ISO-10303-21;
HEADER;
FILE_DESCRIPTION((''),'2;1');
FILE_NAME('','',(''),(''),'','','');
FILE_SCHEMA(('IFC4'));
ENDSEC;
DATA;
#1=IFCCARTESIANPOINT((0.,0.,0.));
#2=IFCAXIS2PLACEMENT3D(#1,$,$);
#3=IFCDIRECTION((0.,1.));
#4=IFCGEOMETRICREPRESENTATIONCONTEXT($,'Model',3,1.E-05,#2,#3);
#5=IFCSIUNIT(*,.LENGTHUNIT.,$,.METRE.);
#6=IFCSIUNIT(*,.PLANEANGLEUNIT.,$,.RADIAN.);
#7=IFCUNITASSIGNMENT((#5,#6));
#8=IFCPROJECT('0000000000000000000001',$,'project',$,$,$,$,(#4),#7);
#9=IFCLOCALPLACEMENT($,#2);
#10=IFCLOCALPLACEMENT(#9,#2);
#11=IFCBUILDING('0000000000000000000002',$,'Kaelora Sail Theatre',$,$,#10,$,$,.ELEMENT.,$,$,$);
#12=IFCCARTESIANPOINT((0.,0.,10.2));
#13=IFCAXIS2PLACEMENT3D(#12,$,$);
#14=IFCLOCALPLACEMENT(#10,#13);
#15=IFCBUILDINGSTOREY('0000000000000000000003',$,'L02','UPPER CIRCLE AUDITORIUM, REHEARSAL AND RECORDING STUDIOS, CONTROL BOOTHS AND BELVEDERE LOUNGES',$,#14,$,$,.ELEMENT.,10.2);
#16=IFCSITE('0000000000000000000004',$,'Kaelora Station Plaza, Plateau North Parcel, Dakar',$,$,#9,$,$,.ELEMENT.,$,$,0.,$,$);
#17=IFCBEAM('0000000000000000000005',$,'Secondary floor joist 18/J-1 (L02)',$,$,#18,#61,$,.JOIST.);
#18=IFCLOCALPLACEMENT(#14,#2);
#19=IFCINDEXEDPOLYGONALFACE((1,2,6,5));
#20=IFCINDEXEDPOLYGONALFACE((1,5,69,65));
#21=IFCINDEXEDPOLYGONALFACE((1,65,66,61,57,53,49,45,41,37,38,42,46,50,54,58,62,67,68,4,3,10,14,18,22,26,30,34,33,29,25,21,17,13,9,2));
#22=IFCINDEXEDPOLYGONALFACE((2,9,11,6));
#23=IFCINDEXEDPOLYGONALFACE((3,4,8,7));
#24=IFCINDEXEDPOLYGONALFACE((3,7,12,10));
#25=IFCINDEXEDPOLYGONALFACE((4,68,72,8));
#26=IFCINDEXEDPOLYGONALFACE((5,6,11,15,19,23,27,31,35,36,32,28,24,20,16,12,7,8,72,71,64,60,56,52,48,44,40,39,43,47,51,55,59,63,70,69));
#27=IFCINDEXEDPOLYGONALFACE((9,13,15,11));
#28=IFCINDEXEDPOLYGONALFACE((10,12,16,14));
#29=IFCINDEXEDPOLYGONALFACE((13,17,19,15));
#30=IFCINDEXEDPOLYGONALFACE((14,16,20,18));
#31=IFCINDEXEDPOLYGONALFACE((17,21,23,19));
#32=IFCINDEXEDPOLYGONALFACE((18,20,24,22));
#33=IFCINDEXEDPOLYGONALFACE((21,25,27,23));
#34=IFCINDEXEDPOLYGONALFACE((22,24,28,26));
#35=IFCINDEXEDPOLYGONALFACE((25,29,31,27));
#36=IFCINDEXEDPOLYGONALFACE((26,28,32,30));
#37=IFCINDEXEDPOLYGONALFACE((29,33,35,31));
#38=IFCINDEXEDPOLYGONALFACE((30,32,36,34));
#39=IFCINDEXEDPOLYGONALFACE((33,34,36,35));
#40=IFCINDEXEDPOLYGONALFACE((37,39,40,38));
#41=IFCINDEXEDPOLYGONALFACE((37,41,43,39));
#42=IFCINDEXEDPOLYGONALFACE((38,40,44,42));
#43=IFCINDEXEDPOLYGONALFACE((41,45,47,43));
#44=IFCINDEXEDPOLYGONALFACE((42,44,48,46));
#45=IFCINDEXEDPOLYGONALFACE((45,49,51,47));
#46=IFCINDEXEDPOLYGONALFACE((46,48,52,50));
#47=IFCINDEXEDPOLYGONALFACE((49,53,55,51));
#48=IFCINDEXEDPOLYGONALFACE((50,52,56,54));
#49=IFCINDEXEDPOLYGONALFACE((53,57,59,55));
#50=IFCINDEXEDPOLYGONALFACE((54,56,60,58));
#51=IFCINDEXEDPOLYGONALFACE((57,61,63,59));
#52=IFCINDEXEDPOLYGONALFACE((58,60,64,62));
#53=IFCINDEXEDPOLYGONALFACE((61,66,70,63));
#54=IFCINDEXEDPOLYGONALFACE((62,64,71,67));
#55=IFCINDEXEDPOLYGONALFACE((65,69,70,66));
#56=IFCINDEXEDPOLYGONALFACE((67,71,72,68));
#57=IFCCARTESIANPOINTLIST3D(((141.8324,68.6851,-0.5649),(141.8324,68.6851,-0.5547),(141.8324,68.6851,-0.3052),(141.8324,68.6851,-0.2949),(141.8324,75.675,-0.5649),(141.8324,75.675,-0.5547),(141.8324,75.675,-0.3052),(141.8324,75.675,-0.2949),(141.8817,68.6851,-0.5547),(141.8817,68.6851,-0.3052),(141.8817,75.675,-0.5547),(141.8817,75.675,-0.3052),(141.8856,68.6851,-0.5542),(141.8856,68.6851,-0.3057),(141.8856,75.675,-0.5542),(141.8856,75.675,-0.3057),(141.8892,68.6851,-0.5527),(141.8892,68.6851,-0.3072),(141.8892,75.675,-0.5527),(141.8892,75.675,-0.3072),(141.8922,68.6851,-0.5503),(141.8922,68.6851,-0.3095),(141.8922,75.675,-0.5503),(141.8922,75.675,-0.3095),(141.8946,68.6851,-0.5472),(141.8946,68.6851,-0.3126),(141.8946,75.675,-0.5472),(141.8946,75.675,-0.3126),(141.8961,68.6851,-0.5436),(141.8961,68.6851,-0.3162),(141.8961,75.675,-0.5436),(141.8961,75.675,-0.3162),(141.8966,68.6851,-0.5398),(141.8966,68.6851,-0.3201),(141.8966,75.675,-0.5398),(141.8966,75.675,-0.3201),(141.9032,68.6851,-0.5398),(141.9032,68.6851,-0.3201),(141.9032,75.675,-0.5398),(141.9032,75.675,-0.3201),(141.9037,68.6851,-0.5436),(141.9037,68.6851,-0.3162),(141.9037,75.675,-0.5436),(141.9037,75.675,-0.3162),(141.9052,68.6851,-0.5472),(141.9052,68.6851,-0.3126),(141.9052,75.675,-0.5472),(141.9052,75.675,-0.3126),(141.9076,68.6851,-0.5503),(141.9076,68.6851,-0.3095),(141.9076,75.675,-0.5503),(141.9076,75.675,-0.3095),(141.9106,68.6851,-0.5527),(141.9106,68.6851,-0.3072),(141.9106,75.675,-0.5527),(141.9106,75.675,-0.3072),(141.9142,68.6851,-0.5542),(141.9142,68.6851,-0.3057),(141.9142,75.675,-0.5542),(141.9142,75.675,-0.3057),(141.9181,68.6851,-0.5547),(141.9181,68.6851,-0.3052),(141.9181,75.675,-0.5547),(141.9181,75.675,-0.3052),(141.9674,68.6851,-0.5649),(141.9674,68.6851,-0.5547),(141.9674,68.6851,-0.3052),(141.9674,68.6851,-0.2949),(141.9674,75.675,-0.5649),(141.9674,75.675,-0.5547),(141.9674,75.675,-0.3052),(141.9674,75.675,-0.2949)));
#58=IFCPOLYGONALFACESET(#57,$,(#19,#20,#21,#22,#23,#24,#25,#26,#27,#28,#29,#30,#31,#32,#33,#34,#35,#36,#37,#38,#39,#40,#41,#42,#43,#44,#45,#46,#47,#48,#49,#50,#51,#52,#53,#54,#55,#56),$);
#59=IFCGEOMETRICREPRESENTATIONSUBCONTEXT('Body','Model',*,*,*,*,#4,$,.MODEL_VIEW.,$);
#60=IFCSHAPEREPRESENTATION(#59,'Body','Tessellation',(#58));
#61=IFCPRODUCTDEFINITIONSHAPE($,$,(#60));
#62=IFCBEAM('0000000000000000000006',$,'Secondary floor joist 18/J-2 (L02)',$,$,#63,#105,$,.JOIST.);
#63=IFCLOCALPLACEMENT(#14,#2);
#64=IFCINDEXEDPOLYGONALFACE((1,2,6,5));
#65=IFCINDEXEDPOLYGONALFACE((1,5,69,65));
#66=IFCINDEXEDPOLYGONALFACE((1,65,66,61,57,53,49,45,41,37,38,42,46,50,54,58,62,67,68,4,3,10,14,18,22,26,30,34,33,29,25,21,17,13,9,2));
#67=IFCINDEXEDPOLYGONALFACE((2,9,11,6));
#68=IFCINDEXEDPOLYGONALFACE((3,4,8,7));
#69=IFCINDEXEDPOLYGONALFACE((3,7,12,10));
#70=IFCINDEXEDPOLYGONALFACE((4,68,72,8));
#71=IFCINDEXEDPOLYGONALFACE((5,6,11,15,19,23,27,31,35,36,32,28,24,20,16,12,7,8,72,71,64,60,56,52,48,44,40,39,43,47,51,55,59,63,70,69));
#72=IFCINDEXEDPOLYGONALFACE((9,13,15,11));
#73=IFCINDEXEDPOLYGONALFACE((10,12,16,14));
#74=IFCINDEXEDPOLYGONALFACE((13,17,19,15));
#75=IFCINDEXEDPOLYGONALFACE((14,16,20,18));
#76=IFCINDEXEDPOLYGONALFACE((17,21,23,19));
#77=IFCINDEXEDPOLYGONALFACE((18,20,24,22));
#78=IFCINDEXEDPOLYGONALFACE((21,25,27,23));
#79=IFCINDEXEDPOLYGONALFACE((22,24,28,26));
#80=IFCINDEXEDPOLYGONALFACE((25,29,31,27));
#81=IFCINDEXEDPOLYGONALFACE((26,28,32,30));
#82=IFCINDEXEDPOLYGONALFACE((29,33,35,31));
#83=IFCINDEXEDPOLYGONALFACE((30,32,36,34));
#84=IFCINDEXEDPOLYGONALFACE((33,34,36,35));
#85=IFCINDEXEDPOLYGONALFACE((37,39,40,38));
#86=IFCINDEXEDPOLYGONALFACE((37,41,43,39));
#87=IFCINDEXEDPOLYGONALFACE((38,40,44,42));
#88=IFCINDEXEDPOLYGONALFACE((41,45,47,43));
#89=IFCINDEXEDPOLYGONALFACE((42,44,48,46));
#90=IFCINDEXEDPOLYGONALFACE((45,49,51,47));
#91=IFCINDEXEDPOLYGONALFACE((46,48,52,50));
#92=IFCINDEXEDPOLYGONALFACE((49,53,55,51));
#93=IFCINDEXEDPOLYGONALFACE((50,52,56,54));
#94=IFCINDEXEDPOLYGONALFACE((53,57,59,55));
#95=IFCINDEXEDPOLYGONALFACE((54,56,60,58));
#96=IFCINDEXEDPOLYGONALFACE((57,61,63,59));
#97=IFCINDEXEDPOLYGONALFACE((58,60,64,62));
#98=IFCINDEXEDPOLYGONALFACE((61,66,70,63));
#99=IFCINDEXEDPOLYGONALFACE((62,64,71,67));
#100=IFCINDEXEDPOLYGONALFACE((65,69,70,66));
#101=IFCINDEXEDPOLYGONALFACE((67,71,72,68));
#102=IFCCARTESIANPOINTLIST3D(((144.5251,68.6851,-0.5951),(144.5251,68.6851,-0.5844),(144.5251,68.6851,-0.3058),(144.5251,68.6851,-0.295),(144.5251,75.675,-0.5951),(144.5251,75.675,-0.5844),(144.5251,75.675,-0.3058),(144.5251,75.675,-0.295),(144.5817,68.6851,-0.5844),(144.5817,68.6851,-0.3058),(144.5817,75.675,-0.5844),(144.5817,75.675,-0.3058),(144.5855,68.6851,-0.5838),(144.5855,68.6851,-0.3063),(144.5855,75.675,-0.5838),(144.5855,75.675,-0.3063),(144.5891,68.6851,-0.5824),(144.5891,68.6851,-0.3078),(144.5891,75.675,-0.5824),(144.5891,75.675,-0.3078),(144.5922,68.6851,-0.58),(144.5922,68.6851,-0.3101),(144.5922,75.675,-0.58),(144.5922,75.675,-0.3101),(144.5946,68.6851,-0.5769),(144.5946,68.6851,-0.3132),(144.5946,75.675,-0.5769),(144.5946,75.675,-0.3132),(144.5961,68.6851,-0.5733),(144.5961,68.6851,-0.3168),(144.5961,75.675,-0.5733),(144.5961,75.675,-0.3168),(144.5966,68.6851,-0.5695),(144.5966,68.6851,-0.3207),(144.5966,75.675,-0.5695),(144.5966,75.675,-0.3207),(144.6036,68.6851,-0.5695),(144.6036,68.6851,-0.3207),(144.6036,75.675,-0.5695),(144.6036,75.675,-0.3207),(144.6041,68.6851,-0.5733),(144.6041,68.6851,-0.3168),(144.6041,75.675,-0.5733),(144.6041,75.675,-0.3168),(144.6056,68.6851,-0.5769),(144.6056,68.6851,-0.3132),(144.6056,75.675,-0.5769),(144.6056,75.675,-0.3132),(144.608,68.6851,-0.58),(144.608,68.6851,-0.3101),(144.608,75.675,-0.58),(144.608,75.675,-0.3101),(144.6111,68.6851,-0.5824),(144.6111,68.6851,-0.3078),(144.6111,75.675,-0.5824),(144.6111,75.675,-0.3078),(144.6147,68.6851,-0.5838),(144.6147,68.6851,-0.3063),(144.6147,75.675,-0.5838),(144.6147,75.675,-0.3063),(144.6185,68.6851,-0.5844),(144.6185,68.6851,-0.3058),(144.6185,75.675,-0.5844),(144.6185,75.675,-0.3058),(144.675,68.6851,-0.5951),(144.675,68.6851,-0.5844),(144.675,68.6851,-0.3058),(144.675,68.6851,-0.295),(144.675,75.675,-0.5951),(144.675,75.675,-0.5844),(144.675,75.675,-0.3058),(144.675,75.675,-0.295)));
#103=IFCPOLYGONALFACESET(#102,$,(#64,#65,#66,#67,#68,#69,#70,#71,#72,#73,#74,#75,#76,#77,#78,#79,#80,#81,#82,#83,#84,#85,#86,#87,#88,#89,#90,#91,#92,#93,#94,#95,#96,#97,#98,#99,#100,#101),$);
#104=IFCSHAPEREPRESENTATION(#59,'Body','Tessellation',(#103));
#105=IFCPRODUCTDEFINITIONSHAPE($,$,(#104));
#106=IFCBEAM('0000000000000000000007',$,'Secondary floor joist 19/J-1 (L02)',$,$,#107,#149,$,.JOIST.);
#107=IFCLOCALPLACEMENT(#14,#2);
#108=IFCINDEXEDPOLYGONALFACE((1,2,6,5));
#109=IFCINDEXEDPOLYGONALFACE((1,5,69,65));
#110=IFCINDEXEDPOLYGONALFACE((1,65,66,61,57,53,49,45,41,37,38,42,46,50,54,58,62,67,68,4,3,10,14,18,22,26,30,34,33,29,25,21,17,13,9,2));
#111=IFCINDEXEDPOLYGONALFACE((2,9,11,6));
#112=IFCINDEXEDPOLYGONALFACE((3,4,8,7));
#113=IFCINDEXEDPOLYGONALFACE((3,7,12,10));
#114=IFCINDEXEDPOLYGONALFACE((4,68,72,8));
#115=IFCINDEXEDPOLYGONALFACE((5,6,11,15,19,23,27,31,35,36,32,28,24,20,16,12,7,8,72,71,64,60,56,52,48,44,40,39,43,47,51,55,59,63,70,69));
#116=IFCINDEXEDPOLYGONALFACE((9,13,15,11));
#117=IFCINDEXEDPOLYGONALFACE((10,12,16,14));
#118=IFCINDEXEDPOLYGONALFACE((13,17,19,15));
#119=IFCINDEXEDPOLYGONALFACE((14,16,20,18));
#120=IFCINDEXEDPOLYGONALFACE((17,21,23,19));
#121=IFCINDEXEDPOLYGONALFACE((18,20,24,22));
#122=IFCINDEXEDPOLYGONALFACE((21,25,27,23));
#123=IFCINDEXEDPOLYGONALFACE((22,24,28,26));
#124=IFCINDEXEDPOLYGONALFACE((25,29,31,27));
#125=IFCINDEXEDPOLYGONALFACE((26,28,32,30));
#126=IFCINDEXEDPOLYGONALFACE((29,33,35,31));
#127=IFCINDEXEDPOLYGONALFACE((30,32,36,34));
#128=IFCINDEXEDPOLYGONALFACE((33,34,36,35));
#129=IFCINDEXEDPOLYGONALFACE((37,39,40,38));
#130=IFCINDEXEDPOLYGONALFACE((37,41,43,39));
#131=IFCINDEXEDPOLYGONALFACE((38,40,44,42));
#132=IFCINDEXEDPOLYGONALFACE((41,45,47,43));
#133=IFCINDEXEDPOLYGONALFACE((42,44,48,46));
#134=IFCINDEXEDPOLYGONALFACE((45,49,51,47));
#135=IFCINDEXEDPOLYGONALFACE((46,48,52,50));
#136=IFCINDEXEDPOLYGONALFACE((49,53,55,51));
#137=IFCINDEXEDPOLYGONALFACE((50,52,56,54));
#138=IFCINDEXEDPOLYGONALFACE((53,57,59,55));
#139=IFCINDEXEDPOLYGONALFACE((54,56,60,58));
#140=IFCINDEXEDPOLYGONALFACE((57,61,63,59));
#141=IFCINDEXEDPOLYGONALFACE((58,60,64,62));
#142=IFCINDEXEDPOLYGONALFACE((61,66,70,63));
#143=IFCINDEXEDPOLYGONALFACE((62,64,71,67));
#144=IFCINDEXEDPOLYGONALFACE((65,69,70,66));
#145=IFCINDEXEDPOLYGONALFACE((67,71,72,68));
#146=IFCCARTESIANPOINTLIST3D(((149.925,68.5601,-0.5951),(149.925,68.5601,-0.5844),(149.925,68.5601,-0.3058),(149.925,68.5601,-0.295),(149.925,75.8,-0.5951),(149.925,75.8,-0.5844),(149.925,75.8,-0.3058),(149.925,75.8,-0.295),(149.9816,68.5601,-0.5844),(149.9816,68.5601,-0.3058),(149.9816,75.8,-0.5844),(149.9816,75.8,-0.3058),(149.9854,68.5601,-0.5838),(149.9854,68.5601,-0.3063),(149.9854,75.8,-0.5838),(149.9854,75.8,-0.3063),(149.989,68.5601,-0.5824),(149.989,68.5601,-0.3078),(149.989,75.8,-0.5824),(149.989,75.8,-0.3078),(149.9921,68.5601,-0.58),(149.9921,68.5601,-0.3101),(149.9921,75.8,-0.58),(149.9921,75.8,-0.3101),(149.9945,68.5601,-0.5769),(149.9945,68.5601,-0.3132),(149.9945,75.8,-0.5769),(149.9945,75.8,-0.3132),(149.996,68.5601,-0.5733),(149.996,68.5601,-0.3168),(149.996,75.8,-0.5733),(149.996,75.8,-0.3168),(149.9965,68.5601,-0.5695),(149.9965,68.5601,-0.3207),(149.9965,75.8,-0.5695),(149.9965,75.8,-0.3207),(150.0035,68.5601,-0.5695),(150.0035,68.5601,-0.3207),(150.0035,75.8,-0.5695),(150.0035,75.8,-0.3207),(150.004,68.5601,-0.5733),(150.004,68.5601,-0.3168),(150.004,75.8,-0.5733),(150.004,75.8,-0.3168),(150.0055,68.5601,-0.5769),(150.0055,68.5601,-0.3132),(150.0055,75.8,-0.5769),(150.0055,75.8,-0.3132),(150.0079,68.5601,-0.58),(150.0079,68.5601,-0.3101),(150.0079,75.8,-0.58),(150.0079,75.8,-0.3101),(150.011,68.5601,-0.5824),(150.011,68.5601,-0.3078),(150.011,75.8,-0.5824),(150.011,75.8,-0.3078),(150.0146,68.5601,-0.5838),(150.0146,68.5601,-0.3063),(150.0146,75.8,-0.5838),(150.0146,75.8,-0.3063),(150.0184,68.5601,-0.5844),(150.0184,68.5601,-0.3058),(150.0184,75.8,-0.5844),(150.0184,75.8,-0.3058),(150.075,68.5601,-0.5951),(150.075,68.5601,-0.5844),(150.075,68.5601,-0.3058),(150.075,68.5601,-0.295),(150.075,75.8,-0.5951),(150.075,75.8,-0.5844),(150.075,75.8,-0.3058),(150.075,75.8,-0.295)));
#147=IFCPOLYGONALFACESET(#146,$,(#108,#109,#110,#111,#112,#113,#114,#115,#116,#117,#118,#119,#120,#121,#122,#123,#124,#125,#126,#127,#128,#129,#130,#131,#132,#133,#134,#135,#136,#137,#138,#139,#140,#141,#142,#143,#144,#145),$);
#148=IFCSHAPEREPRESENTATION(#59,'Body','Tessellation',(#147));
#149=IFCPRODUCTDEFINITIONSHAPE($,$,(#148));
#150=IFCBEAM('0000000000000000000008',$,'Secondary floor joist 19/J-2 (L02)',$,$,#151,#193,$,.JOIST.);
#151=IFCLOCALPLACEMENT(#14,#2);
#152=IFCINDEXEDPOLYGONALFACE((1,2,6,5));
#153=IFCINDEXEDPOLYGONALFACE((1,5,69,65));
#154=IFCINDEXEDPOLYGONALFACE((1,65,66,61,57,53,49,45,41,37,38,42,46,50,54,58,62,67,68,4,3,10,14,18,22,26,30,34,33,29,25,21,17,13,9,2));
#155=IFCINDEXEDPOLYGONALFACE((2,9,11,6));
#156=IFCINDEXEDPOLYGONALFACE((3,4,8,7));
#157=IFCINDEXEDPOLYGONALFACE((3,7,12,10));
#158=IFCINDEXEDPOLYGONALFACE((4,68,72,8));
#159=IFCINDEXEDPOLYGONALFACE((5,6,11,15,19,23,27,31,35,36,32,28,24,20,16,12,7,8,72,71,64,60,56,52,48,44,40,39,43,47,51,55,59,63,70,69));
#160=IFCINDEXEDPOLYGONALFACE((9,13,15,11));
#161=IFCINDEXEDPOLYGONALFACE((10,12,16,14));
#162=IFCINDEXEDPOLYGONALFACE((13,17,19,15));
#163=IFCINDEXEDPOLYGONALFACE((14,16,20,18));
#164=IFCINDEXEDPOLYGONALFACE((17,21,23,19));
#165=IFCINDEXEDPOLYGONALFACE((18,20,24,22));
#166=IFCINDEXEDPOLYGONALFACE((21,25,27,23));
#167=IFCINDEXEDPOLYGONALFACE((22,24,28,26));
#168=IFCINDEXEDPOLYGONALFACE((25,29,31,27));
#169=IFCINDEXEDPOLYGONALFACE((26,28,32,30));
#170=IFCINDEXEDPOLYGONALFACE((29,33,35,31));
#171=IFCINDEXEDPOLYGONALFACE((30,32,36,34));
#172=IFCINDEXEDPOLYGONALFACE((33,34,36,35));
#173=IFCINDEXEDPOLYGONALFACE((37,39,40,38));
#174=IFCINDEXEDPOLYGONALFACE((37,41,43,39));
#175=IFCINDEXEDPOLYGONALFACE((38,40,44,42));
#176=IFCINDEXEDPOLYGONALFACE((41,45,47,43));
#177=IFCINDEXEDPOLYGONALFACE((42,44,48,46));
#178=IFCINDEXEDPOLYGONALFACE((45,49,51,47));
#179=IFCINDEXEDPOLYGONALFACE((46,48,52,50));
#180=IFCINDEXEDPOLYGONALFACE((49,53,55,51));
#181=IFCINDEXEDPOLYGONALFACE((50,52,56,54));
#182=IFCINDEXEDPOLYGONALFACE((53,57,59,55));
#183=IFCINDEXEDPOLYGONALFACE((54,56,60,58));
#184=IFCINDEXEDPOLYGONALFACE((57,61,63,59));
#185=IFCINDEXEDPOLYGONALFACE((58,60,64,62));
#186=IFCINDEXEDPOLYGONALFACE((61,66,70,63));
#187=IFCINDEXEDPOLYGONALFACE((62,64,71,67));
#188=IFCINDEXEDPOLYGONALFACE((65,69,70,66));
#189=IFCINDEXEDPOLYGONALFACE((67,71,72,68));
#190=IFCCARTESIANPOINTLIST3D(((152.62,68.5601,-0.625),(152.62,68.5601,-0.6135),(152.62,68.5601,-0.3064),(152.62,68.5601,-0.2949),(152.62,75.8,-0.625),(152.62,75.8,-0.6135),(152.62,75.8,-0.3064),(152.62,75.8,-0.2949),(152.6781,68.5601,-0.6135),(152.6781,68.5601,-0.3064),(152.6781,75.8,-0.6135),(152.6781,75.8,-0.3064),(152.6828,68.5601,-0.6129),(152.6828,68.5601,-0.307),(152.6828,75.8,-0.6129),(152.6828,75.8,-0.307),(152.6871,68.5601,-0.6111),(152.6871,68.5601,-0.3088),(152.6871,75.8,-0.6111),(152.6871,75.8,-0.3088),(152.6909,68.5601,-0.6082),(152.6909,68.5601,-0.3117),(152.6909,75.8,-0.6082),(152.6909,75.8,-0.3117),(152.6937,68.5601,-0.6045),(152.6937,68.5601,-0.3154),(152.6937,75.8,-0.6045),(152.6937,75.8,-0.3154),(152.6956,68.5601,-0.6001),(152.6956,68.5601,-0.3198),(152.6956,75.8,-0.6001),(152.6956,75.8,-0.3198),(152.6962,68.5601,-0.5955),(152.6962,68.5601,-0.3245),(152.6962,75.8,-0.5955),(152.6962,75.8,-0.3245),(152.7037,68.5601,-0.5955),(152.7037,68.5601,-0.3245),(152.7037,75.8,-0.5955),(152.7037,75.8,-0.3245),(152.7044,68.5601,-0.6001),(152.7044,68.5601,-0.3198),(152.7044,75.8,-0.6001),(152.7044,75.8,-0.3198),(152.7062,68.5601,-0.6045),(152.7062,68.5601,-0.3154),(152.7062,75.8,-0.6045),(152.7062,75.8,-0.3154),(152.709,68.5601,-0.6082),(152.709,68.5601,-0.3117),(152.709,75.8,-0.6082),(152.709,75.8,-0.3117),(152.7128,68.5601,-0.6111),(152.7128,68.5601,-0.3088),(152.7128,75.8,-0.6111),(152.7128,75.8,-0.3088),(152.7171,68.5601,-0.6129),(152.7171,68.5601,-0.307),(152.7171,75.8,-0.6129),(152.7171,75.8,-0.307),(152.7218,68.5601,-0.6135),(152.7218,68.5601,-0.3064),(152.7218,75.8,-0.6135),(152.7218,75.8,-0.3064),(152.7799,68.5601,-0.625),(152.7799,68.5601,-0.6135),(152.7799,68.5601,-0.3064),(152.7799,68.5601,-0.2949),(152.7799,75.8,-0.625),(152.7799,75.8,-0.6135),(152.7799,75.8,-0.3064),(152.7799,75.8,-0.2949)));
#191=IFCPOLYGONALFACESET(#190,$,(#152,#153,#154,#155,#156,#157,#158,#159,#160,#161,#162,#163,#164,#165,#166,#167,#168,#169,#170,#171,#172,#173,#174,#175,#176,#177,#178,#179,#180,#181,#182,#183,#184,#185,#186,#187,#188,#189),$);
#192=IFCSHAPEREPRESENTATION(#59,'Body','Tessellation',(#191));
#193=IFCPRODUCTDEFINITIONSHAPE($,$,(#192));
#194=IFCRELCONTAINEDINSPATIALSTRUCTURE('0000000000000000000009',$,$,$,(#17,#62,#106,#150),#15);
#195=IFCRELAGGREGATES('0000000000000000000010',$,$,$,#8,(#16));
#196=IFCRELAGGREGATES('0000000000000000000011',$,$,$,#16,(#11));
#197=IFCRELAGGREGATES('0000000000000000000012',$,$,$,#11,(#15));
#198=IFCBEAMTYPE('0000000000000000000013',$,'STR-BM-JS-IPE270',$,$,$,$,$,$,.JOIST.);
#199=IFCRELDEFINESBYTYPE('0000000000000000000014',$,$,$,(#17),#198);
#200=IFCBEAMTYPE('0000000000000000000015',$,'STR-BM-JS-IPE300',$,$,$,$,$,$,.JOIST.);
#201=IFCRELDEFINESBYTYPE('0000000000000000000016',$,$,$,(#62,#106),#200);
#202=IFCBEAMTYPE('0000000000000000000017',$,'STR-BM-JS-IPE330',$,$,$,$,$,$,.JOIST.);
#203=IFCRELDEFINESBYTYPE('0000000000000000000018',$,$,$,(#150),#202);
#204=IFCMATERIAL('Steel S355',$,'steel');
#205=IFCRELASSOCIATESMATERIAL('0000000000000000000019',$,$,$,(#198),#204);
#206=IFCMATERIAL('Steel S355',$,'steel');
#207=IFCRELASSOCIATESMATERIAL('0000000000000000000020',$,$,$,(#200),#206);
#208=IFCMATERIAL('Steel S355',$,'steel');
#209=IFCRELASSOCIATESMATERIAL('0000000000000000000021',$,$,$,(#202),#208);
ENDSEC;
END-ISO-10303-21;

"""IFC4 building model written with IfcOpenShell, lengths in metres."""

from ifc_helpers import new_model, si_unit, direction, frame, origin, origin_2d, place, context, subcontext, project, spatial, i_section, extrude, material, material_profile, profile_set, type_object, element, save


model = new_model("IFC4")

# Units and contexts
model_context = context("Model", 3, precision=1e-05, world=origin(), true_north=direction((0.0, 1.0)))
body_context = subcontext(model_context, "Body", "Model", "MODEL_VIEW")
ifc_project = project(units=[si_unit("LENGTHUNIT", "METRE"), si_unit("PLANEANGLEUNIT", "RADIAN")], contexts=[model_context])

# Site, building, storey
site_placement = place(None, origin())
site = spatial("IfcSite", under=ifc_project, at=site_placement, Name="Kaelora Station Plaza, Plateau North Parcel, Dakar", CompositionType="ELEMENT", RefElevation=0.0)
building_placement = place(site_placement, origin())
building = spatial("IfcBuilding", under=site, at=building_placement, Name="Kaelora Sail Theatre", CompositionType="ELEMENT")
storey_placement = place(building_placement, frame((0.0, 0.0, 10.2)))
storey = spatial("IfcBuildingStorey", under=building, at=storey_placement, Name="L02", Description="UPPER CIRCLE AUDITORIUM, REHEARSAL AND RECORDING STUDIOS, CONTROL BOOTHS AND BELVEDERE LOUNGES", CompositionType="ELEMENT", Elevation=10.2)

# Beams
ifc_material_1 = material(Name="Steel S355", Category="steel")
ifc_material_profile_1 = material_profile(ifc_material_1, i_section(OverallWidth=0.135, OverallDepth=0.27, WebThickness=0.0066, FlangeThickness=0.0103, FilletRadius=0.0149, at=origin_2d()), Name="IPE 270")
ifc_profile_set_1 = profile_set([ifc_material_profile_1], Name="Steel S355")
beam_type_1 = type_object("IfcBeamType", Name="STR-BM-JS-IPE270", PredefinedType="JOIST", material=ifc_profile_set_1)
beam_1_placement = place(storey_placement, frame((141.8999, 68.6851, -0.4299), z_axis=(0.0, 1.0, 0.0), x_axis=(-1.0, 0.0, 0.0)))
element("IfcBeam", 1, at=beam_1_placement, inside=storey, type_object=beam_type_1, Name="Secondary floor joist 18/J-1 (L02)", PredefinedType="JOIST", context=body_context, shape_type="SweptSolid", body=[
    extrude(i_section(OverallWidth=0.135, OverallDepth=0.27, WebThickness=0.0066, FlangeThickness=0.0103, FilletRadius=0.0149, at=origin_2d()), origin(), (0.0, 0.0, 1.0), 6.99),
])
ifc_material_2 = material(Name="Steel S355", Category="steel")
ifc_material_profile_2 = material_profile(ifc_material_2, i_section(OverallWidth=0.1499, OverallDepth=0.3, WebThickness=0.0071, FlangeThickness=0.0107, FilletRadius=0.0149, at=origin_2d()), Name="IPE 300")
ifc_profile_set_2 = profile_set([ifc_material_profile_2], Name="Steel S355")
beam_type_2 = type_object("IfcBeamType", Name="STR-BM-JS-IPE300", PredefinedType="JOIST", material=ifc_profile_set_2)
beam_2_placement = place(storey_placement, frame((144.6001, 68.6851, -0.4451), z_axis=(0.0, 1.0, 0.0), x_axis=(-1.0, 0.0, 0.0)))
element("IfcBeam", 2, at=beam_2_placement, inside=storey, type_object=beam_type_2, Name="Secondary floor joist 18/J-2 (L02)", PredefinedType="JOIST", context=body_context, shape_type="SweptSolid", body=[
    extrude(i_section(OverallWidth=0.1499, OverallDepth=0.3, WebThickness=0.0071, FlangeThickness=0.0107, FilletRadius=0.0149, at=origin_2d()), origin(), (0.0, 0.0, 1.0), 6.99),
])
beam_3_placement = place(storey_placement, frame((150.0, 68.5601, -0.4451), z_axis=(0.0, 1.0, 0.0), x_axis=(-1.0, 0.0, 0.0)))
element("IfcBeam", 3, at=beam_3_placement, inside=storey, type_object=beam_type_2, Name="Secondary floor joist 19/J-1 (L02)", PredefinedType="JOIST", context=body_context, shape_type="SweptSolid", body=[
    extrude(i_section(OverallWidth=0.1499, OverallDepth=0.3, WebThickness=0.0071, FlangeThickness=0.0107, FilletRadius=0.0149, at=origin_2d()), origin(), (0.0, 0.0, 1.0), 7.24),
])
ifc_material_3 = material(Name="Steel S355", Category="steel")
ifc_material_profile_3 = material_profile(ifc_material_3, i_section(OverallWidth=0.1599, OverallDepth=0.3301, WebThickness=0.0076, FlangeThickness=0.0115, FilletRadius=0.0181, at=origin_2d()), Name="IPE 330")
ifc_profile_set_3 = profile_set([ifc_material_profile_3], Name="Steel S355")
beam_type_3 = type_object("IfcBeamType", Name="STR-BM-JS-IPE330", PredefinedType="JOIST", material=ifc_profile_set_3)
beam_4_placement = place(storey_placement, frame((152.7, 68.5601, -0.46), z_axis=(0.0, 1.0, 0.0), x_axis=(-1.0, 0.0, 0.0)))
element("IfcBeam", 4, at=beam_4_placement, inside=storey, type_object=beam_type_3, Name="Secondary floor joist 19/J-2 (L02)", PredefinedType="JOIST", context=body_context, shape_type="SweptSolid", body=[
    extrude(i_section(OverallWidth=0.1599, OverallDepth=0.3301, WebThickness=0.0076, FlangeThickness=0.0115, FilletRadius=0.0181, at=origin_2d()), origin(), (0.0, 0.0, 1.0), 7.24),
])

save(model, "model.ifc")
